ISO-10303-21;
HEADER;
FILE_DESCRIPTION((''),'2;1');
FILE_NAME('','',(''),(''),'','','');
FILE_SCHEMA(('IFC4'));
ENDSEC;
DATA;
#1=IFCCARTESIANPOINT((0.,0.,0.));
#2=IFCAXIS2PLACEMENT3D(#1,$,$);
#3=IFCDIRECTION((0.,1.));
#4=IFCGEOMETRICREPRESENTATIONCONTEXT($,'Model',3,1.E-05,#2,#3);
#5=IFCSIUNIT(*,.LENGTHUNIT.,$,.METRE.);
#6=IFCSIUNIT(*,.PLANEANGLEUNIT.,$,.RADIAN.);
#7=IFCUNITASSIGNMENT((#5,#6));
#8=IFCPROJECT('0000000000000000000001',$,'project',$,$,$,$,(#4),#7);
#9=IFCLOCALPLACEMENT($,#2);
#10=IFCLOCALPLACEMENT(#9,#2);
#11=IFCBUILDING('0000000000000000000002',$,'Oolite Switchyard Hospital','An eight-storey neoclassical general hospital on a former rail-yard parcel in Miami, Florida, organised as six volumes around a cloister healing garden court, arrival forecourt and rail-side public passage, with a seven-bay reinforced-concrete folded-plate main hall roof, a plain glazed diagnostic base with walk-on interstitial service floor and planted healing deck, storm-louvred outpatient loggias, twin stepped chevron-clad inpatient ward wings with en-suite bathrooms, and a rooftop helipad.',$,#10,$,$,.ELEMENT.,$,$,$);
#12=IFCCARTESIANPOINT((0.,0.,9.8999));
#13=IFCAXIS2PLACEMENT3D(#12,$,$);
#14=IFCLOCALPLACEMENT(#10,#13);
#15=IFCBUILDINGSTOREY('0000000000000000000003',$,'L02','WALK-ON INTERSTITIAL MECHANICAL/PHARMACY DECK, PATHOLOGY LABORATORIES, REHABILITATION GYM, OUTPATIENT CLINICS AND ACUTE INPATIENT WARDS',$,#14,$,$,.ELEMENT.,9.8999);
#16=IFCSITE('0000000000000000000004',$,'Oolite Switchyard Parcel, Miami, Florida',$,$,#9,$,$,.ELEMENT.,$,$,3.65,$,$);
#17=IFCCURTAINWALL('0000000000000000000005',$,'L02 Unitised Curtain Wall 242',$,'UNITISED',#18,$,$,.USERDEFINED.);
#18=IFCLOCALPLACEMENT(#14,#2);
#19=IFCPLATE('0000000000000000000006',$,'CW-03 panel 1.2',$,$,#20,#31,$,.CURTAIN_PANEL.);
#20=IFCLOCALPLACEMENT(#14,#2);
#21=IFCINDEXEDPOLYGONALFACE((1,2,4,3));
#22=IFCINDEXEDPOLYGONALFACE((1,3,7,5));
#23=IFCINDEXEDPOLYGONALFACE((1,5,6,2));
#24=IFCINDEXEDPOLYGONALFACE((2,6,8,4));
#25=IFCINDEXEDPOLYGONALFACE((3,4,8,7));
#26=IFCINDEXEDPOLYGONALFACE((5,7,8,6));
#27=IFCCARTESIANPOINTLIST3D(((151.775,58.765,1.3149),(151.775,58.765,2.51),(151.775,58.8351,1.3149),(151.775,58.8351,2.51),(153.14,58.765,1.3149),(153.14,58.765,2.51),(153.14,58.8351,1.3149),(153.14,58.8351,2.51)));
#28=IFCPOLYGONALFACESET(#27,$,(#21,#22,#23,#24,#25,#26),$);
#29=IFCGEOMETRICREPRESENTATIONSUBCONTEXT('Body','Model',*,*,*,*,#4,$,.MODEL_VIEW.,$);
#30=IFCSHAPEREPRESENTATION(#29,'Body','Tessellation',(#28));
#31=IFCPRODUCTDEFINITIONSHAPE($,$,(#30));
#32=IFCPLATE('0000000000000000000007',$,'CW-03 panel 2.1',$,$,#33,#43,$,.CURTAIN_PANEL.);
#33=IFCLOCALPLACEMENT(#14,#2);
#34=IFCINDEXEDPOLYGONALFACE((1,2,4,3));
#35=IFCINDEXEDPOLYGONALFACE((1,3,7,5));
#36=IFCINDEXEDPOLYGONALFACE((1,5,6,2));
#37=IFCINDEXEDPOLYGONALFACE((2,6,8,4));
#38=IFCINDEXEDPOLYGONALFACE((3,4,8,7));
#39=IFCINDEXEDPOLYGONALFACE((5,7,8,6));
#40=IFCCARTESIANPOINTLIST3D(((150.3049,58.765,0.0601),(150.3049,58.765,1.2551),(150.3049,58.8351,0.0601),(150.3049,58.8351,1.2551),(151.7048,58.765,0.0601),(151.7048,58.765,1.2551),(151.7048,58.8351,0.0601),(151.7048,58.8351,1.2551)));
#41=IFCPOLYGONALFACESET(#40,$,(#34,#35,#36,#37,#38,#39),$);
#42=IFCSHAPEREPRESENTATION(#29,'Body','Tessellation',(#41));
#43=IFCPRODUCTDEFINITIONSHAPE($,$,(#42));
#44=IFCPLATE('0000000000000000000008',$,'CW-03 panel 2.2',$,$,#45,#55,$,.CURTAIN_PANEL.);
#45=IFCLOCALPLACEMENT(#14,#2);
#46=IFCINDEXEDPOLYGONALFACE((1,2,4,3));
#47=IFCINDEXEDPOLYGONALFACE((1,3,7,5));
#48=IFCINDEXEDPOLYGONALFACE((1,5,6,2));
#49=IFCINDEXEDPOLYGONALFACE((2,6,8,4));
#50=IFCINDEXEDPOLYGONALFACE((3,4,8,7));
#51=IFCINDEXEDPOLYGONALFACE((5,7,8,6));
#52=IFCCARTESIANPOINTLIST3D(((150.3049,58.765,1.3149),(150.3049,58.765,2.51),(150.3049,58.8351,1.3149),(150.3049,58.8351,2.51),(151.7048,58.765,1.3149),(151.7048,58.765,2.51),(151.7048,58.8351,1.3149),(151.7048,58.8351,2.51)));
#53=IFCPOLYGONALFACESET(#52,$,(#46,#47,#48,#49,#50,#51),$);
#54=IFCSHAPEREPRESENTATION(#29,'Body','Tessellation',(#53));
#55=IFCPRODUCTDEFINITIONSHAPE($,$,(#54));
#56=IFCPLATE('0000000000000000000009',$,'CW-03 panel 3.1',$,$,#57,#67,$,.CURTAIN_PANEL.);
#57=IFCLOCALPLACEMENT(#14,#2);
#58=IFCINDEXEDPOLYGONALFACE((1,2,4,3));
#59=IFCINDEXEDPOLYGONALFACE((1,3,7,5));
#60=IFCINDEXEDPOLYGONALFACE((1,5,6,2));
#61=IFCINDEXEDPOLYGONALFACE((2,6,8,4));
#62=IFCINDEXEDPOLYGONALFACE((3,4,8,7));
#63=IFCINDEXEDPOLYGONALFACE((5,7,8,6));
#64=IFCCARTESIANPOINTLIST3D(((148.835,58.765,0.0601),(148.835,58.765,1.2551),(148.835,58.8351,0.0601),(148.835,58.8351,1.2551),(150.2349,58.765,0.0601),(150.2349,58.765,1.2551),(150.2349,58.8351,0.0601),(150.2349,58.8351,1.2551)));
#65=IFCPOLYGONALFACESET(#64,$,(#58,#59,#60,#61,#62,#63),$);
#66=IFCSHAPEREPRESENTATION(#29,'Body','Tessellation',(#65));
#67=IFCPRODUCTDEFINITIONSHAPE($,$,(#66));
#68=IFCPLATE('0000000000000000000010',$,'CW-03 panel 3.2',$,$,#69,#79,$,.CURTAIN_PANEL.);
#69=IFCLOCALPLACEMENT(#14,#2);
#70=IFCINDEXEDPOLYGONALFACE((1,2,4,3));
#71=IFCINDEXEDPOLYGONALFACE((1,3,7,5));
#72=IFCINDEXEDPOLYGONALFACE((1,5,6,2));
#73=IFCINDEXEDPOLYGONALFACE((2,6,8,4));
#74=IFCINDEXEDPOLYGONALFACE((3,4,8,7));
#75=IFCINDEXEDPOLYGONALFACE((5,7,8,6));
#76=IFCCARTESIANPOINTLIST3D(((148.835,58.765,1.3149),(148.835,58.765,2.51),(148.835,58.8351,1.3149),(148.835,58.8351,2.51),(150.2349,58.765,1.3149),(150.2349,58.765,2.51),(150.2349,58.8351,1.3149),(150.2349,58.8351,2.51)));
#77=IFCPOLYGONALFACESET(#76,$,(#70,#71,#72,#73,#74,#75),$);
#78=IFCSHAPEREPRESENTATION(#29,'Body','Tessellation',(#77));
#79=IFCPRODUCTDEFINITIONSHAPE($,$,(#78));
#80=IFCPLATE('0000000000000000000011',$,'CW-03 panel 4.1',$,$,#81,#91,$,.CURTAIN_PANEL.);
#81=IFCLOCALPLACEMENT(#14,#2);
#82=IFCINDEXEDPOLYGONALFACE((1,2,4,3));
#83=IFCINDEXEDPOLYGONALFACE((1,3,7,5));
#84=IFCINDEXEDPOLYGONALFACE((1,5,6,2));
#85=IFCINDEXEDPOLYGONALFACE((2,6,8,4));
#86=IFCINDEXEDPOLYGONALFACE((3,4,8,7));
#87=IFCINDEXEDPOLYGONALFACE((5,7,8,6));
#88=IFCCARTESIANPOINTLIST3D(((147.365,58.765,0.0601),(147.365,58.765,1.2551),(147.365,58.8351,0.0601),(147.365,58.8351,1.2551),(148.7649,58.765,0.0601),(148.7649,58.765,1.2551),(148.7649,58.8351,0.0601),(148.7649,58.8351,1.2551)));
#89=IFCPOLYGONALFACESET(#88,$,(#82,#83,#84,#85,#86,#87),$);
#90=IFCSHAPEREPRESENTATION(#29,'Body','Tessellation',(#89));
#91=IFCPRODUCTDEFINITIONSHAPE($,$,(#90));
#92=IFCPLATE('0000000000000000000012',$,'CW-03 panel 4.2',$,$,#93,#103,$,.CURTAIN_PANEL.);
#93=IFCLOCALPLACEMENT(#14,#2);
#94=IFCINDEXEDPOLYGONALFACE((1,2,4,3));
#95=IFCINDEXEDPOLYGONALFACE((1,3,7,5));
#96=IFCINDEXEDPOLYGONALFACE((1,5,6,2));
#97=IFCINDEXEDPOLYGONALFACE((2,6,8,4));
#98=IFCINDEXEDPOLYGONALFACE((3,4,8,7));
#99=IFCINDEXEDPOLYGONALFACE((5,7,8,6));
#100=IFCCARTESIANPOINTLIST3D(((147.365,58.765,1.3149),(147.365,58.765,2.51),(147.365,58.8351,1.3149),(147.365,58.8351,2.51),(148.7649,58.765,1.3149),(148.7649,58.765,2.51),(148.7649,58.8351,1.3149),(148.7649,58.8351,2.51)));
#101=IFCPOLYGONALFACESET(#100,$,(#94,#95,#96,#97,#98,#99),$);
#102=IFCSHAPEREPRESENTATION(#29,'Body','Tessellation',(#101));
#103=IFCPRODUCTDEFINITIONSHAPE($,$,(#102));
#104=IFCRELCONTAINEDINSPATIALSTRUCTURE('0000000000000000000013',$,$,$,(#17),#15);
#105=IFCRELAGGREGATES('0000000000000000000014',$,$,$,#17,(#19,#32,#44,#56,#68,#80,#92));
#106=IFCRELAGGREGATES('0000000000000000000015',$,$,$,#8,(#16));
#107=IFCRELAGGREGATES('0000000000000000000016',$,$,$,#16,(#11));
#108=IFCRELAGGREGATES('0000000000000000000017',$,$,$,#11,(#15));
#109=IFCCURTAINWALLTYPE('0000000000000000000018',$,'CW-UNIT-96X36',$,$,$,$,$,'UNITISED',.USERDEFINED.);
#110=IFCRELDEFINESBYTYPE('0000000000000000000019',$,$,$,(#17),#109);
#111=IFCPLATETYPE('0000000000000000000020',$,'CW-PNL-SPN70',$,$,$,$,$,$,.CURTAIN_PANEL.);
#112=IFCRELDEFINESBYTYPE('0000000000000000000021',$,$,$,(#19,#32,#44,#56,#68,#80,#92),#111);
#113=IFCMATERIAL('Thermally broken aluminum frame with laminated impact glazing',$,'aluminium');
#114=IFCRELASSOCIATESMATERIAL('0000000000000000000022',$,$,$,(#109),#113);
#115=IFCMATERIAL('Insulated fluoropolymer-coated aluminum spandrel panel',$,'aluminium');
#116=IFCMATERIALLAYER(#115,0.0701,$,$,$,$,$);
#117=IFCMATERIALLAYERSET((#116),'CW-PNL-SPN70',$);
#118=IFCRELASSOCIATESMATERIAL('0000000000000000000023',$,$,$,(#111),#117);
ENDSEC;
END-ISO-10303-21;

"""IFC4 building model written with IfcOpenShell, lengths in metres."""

from ifc_helpers import new_model, si_unit, direction, frame, origin, origin_2d, place, context, subcontext, project, spatial, rectangle, extrude, material, layer, layer_set, type_object, element, aggregate, save


model = new_model("IFC4")

# Units and contexts
model_context = context("Model", 3, precision=1e-05, world=origin(), true_north=direction((0.0, 1.0)))
body_context = subcontext(model_context, "Body", "Model", "MODEL_VIEW")
ifc_project = project(units=[si_unit("LENGTHUNIT", "METRE"), si_unit("PLANEANGLEUNIT", "RADIAN")], contexts=[model_context])

# Site, building, storey
site_placement = place(None, origin())
site = spatial("IfcSite", under=ifc_project, at=site_placement, Name="Oolite Switchyard Parcel, Miami, Florida", CompositionType="ELEMENT", RefElevation=3.65)
building_placement = place(site_placement, origin())
building = spatial("IfcBuilding", under=site, at=building_placement, Name="Oolite Switchyard Hospital", Description="An eight-storey neoclassical general hospital on a former rail-yard parcel in Miami, Florida, organised as six volumes around a cloister healing garden court, arrival forecourt and rail-side public passage, with a seven-bay reinforced-concrete folded-plate main hall roof, a plain glazed diagnostic base with walk-on interstitial service floor and planted healing deck, storm-louvred outpatient loggias, twin stepped chevron-clad inpatient ward wings with en-suite bathrooms, and a rooftop helipad.", CompositionType="ELEMENT")
storey_placement = place(building_placement, frame((0.0, 0.0, 9.8999)))
storey = spatial("IfcBuildingStorey", under=building, at=storey_placement, Name="L02", Description="WALK-ON INTERSTITIAL MECHANICAL/PHARMACY DECK, PATHOLOGY LABORATORIES, REHABILITATION GYM, OUTPATIENT CLINICS AND ACUTE INPATIENT WARDS", CompositionType="ELEMENT", Elevation=9.8999)

# Curtain wall
ifc_material_1 = material(Name="Thermally broken aluminum frame with laminated impact glazing", Category="aluminium")
curtain_wall_type_1 = type_object("IfcCurtainWallType", Name="CW-UNIT-96X36", ElementType="UNITISED", PredefinedType="USERDEFINED", material=ifc_material_1)
curtain_wall_1_placement = place(storey_placement, origin())
curtain_wall_1 = element("IfcCurtainWall", 1, at=curtain_wall_1_placement, inside=storey, type_object=curtain_wall_type_1, Name="L02 Unitised Curtain Wall 242", ObjectType="UNITISED", PredefinedType="USERDEFINED")

# Plates
ifc_material_2 = material(Name="Insulated fluoropolymer-coated aluminum spandrel panel", Category="aluminium")
ifc_layer = layer(ifc_material_2, 0.0701)
ifc_layer_set = layer_set([ifc_layer], Name="CW-PNL-SPN70")
plate_type = type_object("IfcPlateType", Name="CW-PNL-SPN70", PredefinedType="CURTAIN_PANEL", material=ifc_layer_set)
plate_1_placement = place(storey_placement, frame((152.4575, 58.8, 1.3149), z_axis=(0.0, 0.0, 1.0), x_axis=(-1.0, 0.0, 0.0)))
plate_1 = element("IfcPlate", 2, at=plate_1_placement, type_object=plate_type, Name="CW-03 panel 1.2", PredefinedType="CURTAIN_PANEL", context=body_context, shape_type="SweptSolid", body=[
    extrude(rectangle(XDim=1.365, YDim=0.0701, at=origin_2d()), origin(), (0.0, 0.0, 1.0), 1.1951),
])
plate_2_placement = place(storey_placement, frame((151.0049, 58.8, 0.0601), z_axis=(0.0, 0.0, 1.0), x_axis=(-1.0, 0.0, 0.0)))
plate_2 = element("IfcPlate", 3, at=plate_2_placement, type_object=plate_type, Name="CW-03 panel 2.1", PredefinedType="CURTAIN_PANEL", context=body_context, shape_type="SweptSolid", body=[
    extrude(rectangle(XDim=1.3999, YDim=0.0701, at=origin_2d()), origin(), (0.0, 0.0, 1.0), 1.1951),
])
plate_3_placement = place(storey_placement, frame((151.0049, 58.8, 1.3149), z_axis=(0.0, 0.0, 1.0), x_axis=(-1.0, 0.0, 0.0)))
plate_3 = element("IfcPlate", 4, at=plate_3_placement, type_object=plate_type, Name="CW-03 panel 2.2", PredefinedType="CURTAIN_PANEL", context=body_context, shape_type="SweptSolid", body=[
    extrude(rectangle(XDim=1.3999, YDim=0.0701, at=origin_2d()), origin(), (0.0, 0.0, 1.0), 1.1951),
])
plate_4_placement = place(storey_placement, frame((149.5349, 58.8, 0.0601), z_axis=(0.0, 0.0, 1.0), x_axis=(-1.0, 0.0, 0.0)))
plate_4 = element("IfcPlate", 5, at=plate_4_placement, type_object=plate_type, Name="CW-03 panel 3.1", PredefinedType="CURTAIN_PANEL", context=body_context, shape_type="SweptSolid", body=[
    extrude(rectangle(XDim=1.3999, YDim=0.0701, at=origin_2d()), origin(), (0.0, 0.0, 1.0), 1.1951),
])
plate_5_placement = place(storey_placement, frame((149.5349, 58.8, 1.3149), z_axis=(0.0, 0.0, 1.0), x_axis=(-1.0, 0.0, 0.0)))
plate_5 = element("IfcPlate", 6, at=plate_5_placement, type_object=plate_type, Name="CW-03 panel 3.2", PredefinedType="CURTAIN_PANEL", context=body_context, shape_type="SweptSolid", body=[
    extrude(rectangle(XDim=1.3999, YDim=0.0701, at=origin_2d()), origin(), (0.0, 0.0, 1.0), 1.1951),
])
plate_6_placement = place(storey_placement, frame((148.0649, 58.8, 0.0601), z_axis=(0.0, 0.0, 1.0), x_axis=(-1.0, 0.0, 0.0)))
plate_6 = element("IfcPlate", 7, at=plate_6_placement, type_object=plate_type, Name="CW-03 panel 4.1", PredefinedType="CURTAIN_PANEL", context=body_context, shape_type="SweptSolid", body=[
    extrude(rectangle(XDim=1.3999, YDim=0.0701, at=origin_2d()), origin(), (0.0, 0.0, 1.0), 1.1951),
])
plate_7_placement = place(storey_placement, frame((148.0649, 58.8, 1.3149), z_axis=(0.0, 0.0, 1.0), x_axis=(-1.0, 0.0, 0.0)))
plate_7 = element("IfcPlate", 8, at=plate_7_placement, type_object=plate_type, Name="CW-03 panel 4.2", PredefinedType="CURTAIN_PANEL", context=body_context, shape_type="SweptSolid", body=[
    extrude(rectangle(XDim=1.3999, YDim=0.0701, at=origin_2d()), origin(), (0.0, 0.0, 1.0), 1.1951),
])
aggregate(curtain_wall_1, [plate_1, plate_2, plate_3, plate_4, plate_5, plate_6, plate_7])

save(model, "model.ifc")
